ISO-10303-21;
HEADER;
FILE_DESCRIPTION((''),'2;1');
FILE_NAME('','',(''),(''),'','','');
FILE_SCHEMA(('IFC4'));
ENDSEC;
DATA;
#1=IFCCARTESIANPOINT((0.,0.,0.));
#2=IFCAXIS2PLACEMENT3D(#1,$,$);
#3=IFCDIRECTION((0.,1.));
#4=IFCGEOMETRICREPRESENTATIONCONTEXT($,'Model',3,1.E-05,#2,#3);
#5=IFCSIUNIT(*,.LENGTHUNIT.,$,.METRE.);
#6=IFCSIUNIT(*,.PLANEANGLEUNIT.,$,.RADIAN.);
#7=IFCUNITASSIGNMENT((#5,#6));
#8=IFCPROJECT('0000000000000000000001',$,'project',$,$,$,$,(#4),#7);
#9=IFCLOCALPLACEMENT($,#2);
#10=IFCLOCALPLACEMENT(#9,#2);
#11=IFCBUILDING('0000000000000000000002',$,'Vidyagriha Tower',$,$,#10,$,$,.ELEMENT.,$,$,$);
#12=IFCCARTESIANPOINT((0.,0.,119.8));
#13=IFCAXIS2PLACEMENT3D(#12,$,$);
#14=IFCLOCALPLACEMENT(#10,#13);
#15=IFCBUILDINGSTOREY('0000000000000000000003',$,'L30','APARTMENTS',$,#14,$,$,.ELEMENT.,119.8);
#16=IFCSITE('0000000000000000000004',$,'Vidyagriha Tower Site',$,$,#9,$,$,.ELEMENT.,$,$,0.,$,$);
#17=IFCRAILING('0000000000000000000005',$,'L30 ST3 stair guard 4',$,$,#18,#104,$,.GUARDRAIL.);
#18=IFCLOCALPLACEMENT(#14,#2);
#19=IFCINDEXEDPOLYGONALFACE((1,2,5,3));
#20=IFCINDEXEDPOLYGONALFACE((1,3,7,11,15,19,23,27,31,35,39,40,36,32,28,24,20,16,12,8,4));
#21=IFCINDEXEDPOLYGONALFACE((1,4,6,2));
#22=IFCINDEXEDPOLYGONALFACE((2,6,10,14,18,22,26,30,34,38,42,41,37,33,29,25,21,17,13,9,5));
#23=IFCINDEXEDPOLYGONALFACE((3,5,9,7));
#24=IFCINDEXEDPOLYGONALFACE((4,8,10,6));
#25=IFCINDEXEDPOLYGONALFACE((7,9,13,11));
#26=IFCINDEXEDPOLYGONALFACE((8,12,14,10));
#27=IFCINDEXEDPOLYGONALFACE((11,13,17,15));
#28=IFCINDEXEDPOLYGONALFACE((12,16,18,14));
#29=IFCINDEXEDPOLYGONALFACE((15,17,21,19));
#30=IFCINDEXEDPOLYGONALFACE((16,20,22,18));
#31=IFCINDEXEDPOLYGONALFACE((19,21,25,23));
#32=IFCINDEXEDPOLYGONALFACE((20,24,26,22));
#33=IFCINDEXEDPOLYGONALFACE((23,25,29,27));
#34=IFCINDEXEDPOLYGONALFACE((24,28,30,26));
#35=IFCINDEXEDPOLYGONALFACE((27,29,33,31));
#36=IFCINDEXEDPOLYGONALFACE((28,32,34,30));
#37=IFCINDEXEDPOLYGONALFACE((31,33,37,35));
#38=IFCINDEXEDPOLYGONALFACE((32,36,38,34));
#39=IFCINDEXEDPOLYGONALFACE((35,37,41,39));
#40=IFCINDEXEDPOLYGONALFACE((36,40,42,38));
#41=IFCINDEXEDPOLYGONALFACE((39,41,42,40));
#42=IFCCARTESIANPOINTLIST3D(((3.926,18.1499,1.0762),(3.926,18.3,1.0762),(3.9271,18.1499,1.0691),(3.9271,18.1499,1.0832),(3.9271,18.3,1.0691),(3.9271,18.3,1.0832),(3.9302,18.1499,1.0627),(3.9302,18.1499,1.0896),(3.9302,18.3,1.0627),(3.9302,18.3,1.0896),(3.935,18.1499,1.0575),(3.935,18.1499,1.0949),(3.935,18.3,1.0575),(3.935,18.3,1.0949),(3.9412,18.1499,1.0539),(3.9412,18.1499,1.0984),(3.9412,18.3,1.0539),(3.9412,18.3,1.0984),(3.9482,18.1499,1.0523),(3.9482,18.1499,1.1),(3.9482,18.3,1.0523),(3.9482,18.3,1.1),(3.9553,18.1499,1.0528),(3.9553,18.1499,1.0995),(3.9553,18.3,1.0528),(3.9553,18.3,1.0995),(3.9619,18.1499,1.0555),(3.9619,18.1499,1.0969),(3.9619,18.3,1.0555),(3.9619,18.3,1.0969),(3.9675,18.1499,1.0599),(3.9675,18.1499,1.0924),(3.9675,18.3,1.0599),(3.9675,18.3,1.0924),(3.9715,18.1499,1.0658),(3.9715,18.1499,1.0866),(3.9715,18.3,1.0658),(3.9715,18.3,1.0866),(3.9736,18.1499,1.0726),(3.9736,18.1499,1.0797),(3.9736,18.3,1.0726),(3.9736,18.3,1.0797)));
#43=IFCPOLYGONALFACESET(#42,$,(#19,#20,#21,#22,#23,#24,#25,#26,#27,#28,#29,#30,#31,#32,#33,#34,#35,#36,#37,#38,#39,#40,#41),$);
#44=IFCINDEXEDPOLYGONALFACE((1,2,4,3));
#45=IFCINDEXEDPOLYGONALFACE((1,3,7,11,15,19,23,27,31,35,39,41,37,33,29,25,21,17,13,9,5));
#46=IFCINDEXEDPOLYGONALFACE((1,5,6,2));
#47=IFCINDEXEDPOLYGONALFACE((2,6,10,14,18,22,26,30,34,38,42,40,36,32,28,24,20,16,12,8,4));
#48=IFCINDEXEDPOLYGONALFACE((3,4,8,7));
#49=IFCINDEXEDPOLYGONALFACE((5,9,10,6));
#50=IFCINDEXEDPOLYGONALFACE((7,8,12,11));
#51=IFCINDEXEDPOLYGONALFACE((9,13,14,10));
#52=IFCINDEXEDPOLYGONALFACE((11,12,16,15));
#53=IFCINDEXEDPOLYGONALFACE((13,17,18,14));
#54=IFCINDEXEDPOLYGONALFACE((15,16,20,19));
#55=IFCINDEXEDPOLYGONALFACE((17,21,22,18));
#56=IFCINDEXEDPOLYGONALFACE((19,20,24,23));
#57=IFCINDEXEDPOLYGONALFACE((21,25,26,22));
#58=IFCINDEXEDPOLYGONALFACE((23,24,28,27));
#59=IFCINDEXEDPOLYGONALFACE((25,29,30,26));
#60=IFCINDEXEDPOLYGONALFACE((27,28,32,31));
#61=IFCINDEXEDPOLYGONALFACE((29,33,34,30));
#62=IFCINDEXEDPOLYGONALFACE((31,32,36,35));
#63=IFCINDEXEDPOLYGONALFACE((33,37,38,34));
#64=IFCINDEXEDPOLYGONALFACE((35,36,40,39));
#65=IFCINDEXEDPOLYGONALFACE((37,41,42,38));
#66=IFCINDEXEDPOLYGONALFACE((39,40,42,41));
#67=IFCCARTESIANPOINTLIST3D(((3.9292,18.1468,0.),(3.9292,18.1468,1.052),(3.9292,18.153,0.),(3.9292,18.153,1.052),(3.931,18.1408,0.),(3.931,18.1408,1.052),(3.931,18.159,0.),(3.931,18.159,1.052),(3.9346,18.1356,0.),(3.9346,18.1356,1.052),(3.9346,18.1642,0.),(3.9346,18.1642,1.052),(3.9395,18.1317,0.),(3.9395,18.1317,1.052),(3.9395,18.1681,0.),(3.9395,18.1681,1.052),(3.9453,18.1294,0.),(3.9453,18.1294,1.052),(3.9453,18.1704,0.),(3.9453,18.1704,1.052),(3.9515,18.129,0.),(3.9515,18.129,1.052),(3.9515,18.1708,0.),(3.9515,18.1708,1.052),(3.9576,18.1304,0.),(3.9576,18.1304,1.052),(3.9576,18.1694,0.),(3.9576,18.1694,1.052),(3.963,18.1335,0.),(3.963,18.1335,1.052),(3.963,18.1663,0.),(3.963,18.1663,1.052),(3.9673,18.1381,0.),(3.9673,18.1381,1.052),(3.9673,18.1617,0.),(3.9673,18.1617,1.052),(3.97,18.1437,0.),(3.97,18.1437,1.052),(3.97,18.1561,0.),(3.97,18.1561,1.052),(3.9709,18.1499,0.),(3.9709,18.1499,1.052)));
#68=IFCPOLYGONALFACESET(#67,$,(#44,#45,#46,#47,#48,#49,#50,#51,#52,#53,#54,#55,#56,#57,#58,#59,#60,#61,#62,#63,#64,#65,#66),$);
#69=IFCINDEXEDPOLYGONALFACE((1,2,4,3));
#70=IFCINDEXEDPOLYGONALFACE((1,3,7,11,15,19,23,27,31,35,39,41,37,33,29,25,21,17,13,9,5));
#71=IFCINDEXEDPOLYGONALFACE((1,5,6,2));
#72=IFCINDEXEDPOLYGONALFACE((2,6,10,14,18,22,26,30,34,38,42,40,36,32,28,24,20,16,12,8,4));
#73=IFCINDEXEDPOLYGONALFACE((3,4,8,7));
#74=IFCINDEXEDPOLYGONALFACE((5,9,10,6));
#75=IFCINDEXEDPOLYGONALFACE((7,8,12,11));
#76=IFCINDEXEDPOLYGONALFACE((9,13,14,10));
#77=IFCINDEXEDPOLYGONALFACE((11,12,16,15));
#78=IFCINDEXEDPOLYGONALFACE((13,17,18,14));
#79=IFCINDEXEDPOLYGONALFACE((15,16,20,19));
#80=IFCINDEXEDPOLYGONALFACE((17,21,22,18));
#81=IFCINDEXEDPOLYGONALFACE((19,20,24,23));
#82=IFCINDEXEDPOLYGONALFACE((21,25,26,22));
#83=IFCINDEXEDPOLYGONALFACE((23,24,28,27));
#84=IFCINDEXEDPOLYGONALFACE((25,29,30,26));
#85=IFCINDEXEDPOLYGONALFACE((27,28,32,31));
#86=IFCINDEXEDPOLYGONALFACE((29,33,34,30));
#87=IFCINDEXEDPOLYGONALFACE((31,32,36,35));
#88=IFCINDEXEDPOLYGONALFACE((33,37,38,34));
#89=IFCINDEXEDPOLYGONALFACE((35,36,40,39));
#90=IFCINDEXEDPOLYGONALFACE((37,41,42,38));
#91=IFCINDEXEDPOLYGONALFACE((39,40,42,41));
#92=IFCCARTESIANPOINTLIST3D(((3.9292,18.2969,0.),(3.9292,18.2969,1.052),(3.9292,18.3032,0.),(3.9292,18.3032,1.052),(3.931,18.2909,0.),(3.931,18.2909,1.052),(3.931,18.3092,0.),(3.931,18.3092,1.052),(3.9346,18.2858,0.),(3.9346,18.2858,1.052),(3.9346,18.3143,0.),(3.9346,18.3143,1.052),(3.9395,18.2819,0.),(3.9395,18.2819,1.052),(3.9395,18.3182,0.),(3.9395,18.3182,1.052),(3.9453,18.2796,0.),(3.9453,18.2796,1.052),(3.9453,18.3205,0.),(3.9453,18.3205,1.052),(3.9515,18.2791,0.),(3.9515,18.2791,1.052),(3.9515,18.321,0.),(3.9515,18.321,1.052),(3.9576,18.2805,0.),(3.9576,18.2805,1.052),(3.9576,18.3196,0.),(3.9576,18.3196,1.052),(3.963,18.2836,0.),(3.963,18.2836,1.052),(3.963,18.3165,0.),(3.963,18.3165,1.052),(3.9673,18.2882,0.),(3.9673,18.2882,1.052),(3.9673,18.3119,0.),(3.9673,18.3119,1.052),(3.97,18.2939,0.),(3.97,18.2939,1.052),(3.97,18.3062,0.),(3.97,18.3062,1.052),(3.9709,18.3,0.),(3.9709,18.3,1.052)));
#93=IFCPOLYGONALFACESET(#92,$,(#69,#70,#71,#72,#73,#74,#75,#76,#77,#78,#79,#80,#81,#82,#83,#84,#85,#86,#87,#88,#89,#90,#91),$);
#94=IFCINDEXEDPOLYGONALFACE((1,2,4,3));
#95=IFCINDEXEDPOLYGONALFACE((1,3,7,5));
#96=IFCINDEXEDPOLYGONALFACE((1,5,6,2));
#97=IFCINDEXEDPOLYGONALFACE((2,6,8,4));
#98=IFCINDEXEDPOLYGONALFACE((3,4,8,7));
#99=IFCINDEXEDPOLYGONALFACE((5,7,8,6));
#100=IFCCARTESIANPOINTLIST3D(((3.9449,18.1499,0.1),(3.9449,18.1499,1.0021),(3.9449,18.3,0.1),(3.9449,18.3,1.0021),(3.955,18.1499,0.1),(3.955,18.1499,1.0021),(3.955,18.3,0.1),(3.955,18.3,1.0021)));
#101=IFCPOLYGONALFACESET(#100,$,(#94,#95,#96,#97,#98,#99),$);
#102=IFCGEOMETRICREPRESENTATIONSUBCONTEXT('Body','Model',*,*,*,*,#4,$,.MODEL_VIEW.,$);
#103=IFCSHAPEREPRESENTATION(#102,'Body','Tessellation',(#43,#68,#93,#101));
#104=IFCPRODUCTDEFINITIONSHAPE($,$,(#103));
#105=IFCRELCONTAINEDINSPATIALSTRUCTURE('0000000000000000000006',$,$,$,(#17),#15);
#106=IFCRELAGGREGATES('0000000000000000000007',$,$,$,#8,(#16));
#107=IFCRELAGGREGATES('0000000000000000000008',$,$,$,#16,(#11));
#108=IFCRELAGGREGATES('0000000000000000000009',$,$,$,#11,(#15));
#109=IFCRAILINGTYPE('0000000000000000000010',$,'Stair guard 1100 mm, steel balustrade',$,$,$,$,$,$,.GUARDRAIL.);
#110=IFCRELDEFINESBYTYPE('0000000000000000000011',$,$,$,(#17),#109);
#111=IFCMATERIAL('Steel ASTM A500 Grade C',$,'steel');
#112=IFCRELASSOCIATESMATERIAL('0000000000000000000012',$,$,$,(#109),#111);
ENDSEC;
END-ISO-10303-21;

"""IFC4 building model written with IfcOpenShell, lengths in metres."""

from ifc_helpers import new_model, si_unit, direction, frame, origin, origin_2d, place, context, subcontext, project, spatial, rectangle, circle, extrude, material, type_object, element, save


model = new_model("IFC4")

# Units and contexts
model_context = context("Model", 3, precision=1e-05, world=origin(), true_north=direction((0.0, 1.0)))
body_context = subcontext(model_context, "Body", "Model", "MODEL_VIEW")
ifc_project = project(units=[si_unit("LENGTHUNIT", "METRE"), si_unit("PLANEANGLEUNIT", "RADIAN")], contexts=[model_context])

# Site, building, storey
site_placement = place(None, origin())
site = spatial("IfcSite", under=ifc_project, at=site_placement, Name="Vidyagriha Tower Site", CompositionType="ELEMENT", RefElevation=0.0)
building_placement = place(site_placement, origin())
building = spatial("IfcBuilding", under=site, at=building_placement, Name="Vidyagriha Tower", CompositionType="ELEMENT")
storey_placement = place(building_placement, frame((0.0, 0.0, 119.8)))
storey = spatial("IfcBuildingStorey", under=building, at=storey_placement, Name="L30", Description="APARTMENTS", CompositionType="ELEMENT", Elevation=119.8)

# Railing
ifc_material_1 = material(Name="Steel ASTM A500 Grade C", Category="steel")
railing_type_1 = type_object("IfcRailingType", Name="Stair guard 1100 mm, steel balustrade", PredefinedType="GUARDRAIL", material=ifc_material_1)
railing_1_placement = place(storey_placement, frame((3.95, 18.1499, 0.0)))
element("IfcRailing", 1, at=railing_1_placement, inside=storey, type_object=railing_type_1, Name="L30 ST3 stair guard 4", PredefinedType="GUARDRAIL", context=body_context, shape_type="SweptSolid", body=[
    extrude(circle(Radius=0.0239, at=origin_2d()), frame((0.0, 0.0, 1.0762), z_axis=(0.0, 1.0, 0.0), x_axis=(-1.0, 0.0, 0.0)), (0.0, 0.0, 1.0), 0.1501),
    extrude(circle(Radius=0.021, at=origin_2d()), origin(), (0.0, 0.0, 1.0), 1.052),
    extrude(circle(Radius=0.021, at=origin_2d()), frame((0.0, 0.1501, 0.0)), (0.0, 0.0, 1.0), 1.052),
    extrude(rectangle(XDim=0.01, YDim=0.9021, at=origin_2d()), frame((0.0, 0.0, 0.551), z_axis=(0.0, 1.0, 0.0), x_axis=(-1.0, 0.0, 0.0)), (0.0, 0.0, 1.0), 0.1501),
])

save(model, "model.ifc")
